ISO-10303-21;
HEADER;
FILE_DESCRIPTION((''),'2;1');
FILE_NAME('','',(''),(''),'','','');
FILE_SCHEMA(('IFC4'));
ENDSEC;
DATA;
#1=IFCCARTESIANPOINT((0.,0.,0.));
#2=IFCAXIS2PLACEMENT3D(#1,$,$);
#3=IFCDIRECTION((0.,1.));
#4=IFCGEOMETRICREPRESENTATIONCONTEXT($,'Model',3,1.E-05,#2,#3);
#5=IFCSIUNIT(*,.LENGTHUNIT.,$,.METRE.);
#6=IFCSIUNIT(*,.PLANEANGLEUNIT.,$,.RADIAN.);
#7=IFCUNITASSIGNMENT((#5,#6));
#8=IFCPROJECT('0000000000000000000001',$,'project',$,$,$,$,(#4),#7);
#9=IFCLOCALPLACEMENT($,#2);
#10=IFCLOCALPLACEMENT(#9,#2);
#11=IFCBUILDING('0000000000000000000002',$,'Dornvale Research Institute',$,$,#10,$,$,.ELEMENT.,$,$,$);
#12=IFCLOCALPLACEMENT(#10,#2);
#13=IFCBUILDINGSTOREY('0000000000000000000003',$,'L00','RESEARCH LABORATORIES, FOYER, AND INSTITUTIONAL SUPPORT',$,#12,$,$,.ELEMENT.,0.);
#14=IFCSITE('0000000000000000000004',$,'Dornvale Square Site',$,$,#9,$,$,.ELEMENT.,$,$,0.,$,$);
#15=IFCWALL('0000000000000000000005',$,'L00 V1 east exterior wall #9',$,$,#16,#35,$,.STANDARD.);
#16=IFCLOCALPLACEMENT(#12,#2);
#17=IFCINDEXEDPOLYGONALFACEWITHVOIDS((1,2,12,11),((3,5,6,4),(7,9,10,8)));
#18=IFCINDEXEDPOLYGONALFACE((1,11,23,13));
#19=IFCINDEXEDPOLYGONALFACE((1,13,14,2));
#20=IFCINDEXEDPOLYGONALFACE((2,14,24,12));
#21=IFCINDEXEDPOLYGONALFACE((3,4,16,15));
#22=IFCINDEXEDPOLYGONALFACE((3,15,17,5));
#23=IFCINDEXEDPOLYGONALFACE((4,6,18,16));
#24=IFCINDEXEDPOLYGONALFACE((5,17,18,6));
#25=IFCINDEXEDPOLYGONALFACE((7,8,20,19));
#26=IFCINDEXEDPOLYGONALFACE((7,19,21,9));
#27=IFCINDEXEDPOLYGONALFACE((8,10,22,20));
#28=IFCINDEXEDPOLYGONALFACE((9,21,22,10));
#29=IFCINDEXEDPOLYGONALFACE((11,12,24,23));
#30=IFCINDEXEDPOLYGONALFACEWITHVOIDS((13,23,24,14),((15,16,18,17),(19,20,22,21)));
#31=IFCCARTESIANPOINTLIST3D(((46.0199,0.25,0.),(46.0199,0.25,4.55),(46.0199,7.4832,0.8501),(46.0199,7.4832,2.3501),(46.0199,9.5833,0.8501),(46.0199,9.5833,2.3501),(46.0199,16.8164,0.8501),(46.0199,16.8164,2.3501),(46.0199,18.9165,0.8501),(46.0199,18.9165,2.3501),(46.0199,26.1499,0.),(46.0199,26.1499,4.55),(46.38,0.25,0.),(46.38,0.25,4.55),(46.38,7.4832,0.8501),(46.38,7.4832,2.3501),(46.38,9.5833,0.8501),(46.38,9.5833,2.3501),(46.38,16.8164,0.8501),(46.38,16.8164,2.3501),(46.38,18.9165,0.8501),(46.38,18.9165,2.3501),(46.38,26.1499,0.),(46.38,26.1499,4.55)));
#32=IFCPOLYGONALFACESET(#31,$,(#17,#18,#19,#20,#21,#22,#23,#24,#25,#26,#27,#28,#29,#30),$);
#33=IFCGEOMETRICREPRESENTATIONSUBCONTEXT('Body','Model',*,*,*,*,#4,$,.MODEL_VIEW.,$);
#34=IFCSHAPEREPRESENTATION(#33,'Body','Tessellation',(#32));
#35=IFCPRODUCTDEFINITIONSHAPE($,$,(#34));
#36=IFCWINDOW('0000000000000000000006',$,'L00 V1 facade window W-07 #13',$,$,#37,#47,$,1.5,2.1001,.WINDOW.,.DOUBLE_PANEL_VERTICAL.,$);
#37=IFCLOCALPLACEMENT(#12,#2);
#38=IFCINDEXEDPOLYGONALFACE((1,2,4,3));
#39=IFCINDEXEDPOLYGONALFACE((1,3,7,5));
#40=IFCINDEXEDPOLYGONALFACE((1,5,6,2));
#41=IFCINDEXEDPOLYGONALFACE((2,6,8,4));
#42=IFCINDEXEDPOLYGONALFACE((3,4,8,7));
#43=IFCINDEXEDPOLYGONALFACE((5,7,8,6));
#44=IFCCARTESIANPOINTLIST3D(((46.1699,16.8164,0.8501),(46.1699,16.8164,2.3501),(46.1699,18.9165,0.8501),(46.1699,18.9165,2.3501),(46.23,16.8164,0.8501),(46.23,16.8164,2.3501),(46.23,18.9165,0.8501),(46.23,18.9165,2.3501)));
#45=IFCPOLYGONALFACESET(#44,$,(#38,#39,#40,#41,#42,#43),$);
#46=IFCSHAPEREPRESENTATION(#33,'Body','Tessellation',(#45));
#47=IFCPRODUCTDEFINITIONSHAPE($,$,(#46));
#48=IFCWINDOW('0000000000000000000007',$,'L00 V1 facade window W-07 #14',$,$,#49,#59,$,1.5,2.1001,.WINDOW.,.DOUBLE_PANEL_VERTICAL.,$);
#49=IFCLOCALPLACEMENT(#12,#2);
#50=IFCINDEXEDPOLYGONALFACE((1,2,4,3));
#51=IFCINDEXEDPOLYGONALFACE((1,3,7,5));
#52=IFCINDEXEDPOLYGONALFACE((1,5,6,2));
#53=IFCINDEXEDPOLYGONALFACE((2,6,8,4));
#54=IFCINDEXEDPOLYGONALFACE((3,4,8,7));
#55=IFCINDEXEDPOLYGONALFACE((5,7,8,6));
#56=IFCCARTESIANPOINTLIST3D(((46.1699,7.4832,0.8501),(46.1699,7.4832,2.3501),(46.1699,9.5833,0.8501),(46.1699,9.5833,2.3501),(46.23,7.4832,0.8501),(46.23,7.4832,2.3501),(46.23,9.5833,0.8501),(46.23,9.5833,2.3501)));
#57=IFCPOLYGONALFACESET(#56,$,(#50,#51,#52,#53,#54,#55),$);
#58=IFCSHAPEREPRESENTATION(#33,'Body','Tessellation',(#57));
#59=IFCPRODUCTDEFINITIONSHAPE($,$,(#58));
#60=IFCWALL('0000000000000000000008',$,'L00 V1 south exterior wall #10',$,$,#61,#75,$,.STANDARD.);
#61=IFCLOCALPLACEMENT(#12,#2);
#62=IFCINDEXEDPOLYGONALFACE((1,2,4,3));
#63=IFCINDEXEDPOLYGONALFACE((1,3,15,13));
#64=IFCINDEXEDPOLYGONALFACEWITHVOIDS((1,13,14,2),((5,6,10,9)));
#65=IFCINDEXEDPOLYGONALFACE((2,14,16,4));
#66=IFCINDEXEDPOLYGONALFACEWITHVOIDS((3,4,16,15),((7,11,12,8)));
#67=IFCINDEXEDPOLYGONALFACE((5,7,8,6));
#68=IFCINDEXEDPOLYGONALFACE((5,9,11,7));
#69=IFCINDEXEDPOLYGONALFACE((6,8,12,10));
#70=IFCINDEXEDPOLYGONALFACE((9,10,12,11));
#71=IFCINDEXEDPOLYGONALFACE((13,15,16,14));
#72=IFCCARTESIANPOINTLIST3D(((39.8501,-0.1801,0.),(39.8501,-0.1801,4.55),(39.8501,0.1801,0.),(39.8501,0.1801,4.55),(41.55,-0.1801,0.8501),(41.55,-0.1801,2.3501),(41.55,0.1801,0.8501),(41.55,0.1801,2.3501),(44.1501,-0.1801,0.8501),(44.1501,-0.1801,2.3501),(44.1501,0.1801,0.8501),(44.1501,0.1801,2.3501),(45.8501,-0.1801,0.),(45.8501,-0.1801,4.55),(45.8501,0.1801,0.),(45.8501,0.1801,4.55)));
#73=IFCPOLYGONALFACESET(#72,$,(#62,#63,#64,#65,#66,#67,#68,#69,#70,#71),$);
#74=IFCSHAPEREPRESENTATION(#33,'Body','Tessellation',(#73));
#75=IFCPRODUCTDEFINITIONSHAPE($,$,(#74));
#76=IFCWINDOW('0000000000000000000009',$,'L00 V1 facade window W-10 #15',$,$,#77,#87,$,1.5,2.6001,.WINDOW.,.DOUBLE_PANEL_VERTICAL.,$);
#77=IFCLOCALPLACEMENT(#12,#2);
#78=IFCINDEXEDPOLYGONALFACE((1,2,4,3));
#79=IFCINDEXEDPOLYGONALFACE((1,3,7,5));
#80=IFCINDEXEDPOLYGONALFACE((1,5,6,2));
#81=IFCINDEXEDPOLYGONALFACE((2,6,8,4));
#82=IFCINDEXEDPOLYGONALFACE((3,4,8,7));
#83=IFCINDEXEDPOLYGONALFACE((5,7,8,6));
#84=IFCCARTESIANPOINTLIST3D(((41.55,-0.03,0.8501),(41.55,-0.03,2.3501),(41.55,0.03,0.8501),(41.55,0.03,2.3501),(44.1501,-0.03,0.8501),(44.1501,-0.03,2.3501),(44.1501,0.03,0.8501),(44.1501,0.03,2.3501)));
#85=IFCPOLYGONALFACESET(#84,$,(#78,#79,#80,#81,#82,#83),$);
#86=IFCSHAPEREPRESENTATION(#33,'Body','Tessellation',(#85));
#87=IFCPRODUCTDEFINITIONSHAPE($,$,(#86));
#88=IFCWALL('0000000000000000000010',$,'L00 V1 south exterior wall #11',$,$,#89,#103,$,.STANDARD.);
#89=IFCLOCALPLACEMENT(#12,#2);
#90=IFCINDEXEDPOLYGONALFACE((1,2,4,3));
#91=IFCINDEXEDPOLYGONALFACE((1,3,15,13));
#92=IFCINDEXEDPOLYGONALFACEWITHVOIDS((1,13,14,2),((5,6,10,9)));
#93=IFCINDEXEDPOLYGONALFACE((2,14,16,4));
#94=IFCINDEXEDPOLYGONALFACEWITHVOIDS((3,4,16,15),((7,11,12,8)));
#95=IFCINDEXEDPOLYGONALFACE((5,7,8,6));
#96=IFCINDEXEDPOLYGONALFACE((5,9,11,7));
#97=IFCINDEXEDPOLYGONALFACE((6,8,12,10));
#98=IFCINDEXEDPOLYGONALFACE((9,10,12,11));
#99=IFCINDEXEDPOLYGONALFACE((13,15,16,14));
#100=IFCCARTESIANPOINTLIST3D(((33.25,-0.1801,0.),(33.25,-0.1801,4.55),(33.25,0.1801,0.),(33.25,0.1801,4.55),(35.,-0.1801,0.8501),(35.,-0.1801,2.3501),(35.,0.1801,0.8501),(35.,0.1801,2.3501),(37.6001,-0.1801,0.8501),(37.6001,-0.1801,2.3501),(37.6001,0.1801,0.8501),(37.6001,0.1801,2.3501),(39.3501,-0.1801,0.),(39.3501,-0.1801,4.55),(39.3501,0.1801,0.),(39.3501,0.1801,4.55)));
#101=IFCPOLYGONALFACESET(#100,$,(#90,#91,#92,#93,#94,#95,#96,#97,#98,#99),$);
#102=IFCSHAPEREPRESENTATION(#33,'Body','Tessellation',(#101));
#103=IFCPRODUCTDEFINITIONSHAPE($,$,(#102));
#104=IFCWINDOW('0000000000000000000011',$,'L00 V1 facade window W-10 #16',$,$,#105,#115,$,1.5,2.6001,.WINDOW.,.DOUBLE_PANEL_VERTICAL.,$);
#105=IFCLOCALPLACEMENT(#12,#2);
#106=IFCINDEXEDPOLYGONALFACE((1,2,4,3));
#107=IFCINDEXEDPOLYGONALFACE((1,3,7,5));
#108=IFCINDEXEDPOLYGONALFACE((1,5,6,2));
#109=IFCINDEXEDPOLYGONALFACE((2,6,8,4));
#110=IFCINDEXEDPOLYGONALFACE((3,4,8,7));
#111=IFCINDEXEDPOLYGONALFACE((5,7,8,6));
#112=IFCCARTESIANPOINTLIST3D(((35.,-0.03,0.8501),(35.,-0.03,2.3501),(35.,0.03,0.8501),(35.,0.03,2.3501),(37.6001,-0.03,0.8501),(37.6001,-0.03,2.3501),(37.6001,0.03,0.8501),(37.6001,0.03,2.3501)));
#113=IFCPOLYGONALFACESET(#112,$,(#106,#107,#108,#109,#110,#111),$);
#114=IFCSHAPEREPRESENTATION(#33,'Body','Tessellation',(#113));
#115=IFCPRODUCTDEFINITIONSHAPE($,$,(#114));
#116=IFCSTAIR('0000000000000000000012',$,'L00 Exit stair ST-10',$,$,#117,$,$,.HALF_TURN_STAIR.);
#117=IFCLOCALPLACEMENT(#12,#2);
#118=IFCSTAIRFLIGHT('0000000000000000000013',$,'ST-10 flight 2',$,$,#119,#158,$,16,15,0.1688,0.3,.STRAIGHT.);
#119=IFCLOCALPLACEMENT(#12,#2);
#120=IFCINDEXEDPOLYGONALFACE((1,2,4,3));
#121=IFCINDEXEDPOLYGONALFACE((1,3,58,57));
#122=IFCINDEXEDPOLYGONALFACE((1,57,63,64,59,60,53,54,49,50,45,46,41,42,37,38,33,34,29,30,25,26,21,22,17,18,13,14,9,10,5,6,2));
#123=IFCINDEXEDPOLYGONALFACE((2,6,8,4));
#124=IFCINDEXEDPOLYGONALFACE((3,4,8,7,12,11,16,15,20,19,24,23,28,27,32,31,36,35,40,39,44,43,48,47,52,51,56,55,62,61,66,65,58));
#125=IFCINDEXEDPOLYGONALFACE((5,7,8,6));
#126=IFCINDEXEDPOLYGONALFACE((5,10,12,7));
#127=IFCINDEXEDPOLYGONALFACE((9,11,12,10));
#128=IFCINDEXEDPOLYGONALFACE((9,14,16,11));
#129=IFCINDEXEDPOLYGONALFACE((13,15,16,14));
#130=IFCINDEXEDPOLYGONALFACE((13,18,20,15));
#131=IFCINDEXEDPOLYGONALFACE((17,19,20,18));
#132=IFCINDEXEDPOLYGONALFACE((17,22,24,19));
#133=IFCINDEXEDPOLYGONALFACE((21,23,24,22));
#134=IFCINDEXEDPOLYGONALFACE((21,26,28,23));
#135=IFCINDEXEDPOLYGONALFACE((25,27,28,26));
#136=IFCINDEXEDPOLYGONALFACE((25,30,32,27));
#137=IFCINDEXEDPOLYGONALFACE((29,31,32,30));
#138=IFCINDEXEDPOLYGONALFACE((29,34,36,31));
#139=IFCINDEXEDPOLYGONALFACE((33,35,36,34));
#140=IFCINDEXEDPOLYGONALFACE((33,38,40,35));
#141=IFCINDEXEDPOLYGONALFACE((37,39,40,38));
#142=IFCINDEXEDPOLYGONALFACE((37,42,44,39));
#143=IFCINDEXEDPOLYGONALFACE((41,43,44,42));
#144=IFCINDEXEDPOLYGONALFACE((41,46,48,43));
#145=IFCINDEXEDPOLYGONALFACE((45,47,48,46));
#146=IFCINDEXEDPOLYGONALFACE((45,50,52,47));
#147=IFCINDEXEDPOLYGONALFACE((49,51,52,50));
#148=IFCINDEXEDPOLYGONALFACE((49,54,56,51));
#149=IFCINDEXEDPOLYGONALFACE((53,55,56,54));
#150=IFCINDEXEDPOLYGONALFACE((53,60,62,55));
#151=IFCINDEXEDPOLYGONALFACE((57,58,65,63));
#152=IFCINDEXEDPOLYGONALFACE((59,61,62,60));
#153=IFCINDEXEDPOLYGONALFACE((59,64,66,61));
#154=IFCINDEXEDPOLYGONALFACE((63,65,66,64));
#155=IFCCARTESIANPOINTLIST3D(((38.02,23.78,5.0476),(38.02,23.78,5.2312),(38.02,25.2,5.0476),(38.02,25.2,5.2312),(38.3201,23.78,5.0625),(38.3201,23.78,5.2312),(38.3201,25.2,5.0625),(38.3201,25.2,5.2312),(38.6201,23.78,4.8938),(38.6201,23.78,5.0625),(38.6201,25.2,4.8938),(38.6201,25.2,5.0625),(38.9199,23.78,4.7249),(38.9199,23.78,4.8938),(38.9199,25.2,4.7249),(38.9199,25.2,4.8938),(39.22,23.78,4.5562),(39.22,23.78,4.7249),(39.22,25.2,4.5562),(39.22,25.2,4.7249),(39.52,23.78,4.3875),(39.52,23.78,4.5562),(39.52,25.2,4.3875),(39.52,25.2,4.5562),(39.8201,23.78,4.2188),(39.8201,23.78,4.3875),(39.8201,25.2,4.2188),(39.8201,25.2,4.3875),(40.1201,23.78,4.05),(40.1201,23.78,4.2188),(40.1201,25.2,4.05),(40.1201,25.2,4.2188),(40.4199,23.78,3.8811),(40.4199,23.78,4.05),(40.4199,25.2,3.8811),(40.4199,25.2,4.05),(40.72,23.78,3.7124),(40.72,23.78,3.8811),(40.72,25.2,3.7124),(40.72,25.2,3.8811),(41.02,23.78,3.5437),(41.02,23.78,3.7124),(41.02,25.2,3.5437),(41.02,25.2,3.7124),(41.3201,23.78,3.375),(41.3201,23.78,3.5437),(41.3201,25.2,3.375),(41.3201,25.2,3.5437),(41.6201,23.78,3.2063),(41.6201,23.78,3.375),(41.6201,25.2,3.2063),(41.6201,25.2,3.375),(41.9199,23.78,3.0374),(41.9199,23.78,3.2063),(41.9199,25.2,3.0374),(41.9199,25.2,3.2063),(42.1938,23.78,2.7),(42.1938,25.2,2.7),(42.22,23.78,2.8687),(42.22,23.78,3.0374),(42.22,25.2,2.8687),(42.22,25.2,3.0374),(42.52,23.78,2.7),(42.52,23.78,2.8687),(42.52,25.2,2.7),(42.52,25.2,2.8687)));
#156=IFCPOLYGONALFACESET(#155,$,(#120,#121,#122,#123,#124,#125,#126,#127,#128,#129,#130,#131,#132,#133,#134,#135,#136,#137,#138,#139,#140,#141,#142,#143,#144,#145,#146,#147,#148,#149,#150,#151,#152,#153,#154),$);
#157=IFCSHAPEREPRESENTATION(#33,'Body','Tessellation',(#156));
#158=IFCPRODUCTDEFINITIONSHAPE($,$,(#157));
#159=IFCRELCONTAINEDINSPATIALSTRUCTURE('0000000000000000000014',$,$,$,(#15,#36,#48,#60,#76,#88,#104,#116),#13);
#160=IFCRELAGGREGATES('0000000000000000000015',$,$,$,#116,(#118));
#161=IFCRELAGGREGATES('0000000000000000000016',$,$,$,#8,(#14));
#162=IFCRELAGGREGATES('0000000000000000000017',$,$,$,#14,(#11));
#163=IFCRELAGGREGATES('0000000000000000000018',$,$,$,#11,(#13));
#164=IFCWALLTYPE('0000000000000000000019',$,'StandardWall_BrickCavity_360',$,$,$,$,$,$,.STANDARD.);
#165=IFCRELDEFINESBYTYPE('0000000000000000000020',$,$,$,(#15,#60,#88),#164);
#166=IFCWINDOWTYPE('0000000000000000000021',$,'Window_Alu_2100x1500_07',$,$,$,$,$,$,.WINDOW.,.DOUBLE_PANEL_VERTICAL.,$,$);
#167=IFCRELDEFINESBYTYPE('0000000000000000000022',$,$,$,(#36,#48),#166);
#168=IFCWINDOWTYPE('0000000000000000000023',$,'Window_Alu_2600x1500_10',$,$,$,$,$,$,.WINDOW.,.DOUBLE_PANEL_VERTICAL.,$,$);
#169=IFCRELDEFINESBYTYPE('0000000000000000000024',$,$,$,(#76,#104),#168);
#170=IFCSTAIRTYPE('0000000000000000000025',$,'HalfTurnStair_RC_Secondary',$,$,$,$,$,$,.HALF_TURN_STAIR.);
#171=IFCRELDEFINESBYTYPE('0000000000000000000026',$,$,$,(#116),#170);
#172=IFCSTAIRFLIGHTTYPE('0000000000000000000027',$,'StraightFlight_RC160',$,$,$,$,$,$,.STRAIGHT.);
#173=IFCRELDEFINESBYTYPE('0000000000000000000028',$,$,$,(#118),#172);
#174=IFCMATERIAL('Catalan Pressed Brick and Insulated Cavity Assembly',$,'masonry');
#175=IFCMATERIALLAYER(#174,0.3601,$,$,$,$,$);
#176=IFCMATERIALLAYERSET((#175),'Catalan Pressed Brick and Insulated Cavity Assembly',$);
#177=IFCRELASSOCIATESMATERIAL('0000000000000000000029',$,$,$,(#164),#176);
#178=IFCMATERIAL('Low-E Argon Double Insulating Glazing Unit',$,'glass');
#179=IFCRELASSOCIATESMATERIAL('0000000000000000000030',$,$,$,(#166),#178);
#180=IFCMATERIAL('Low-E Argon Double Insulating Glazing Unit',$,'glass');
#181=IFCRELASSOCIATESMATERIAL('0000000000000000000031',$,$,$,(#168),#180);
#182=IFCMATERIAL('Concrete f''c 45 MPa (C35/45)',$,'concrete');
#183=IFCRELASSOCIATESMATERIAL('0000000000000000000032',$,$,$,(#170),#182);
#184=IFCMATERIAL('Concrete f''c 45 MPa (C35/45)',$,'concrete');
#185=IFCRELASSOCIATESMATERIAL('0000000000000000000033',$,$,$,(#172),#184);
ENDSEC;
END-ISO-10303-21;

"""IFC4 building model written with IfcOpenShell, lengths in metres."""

from ifc_helpers import new_model, si_unit, direction, frame, frame_2d, origin, place, context, subcontext, project, spatial, polyline, rectangle, outline, extrude, material, layer, layer_set, type_object, element, fill, aggregate, save


model = new_model("IFC4")

# Units and contexts
model_context = context("Model", 3, precision=1e-05, world=origin(), true_north=direction((0.0, 1.0)))
body_context = subcontext(model_context, "Body", "Model", "MODEL_VIEW")
ifc_project = project(units=[si_unit("LENGTHUNIT", "METRE"), si_unit("PLANEANGLEUNIT", "RADIAN")], contexts=[model_context])

# Site, building, storey
site_placement = place(None, origin())
site = spatial("IfcSite", under=ifc_project, at=site_placement, Name="Dornvale Square Site", CompositionType="ELEMENT", RefElevation=0.0)
building_placement = place(site_placement, origin())
building = spatial("IfcBuilding", under=site, at=building_placement, Name="Dornvale Research Institute", CompositionType="ELEMENT")
storey_placement = place(building_placement, origin())
storey = spatial("IfcBuildingStorey", under=building, at=storey_placement, Name="L00", Description="RESEARCH LABORATORIES, FOYER, AND INSTITUTIONAL SUPPORT", CompositionType="ELEMENT", Elevation=0.0)

# Wall, openings, windows
ifc_material_1 = material(Name="Catalan Pressed Brick and Insulated Cavity Assembly", Category="masonry")
ifc_layer_1 = layer(ifc_material_1, 0.3601)
ifc_layer_set_1 = layer_set([ifc_layer_1], Name="Catalan Pressed Brick and Insulated Cavity Assembly")
wall_type_1 = type_object("IfcWallType", Name="StandardWall_BrickCavity_360", PredefinedType="STANDARD", material=ifc_layer_set_1)
wall_1_placement = place(storey_placement, frame((46.2, 26.1499, 0.0), z_axis=(0.0, 0.0, 1.0), x_axis=(0.0, -1.0, 0.0)))
wall_1 = element("IfcWall", 1, at=wall_1_placement, inside=storey, type_object=wall_type_1, Name="L00 V1 east exterior wall #9", PredefinedType="STANDARD", context=body_context, shape_type="SweptSolid", body=[
    extrude(rectangle(XDim=25.8999, YDim=0.3601, at=frame_2d((12.95, 0.0))), origin(), (0.0, 0.0, 1.0), 4.55),
])
opening_1_placement = place(wall_1_placement, frame((7.2334, 0.0, 0.8501)))
opening_1 = element("IfcOpeningElement", 2, at=opening_1_placement, cuts=wall_1, PredefinedType="OPENING", context=body_context, shape_type="SweptSolid", body=[
    extrude(rectangle(XDim=2.1001, YDim=1.5, at=frame_2d((1.05, 0.75))), frame((0.0, 0.1951, 0.0), z_axis=(0.0, -1.0, 0.0), x_axis=(1.0, 0.0, 0.0)), (0.0, 0.0, 1.0), 0.3901),
])
opening_2_placement = place(wall_1_placement, frame((16.5667, 0.0, 0.8501)))
opening_2 = element("IfcOpeningElement", 3, at=opening_2_placement, cuts=wall_1, PredefinedType="OPENING", context=body_context, shape_type="SweptSolid", body=[
    extrude(rectangle(XDim=2.1001, YDim=1.5, at=frame_2d((1.05, 0.75))), frame((0.0, 0.1951, 0.0), z_axis=(0.0, -1.0, 0.0), x_axis=(1.0, 0.0, 0.0)), (0.0, 0.0, 1.0), 0.3901),
])
ifc_material_2 = material(Name="Low-E Argon Double Insulating Glazing Unit", Category="glass")
window_type_1 = type_object("IfcWindowType", Name="Window_Alu_2100x1500_07", PartitioningType="DOUBLE_PANEL_VERTICAL", PredefinedType="WINDOW", material=ifc_material_2)
window_1_placement = place(opening_1_placement, origin())
window_1 = element("IfcWindow", 4, at=window_1_placement, inside=storey, type_object=window_type_1, Name="L00 V1 facade window W-07 #13", OverallHeight=1.5, OverallWidth=2.1001, PartitioningType="DOUBLE_PANEL_VERTICAL", PredefinedType="WINDOW", context=body_context, shape_type="SweptSolid", body=[
    extrude(rectangle(XDim=2.1001, YDim=1.5, at=frame_2d((1.05, 0.75))), frame((0.0, 0.03, 0.0), z_axis=(0.0, -1.0, 0.0), x_axis=(1.0, 0.0, 0.0)), (0.0, 0.0, 1.0), 0.0601),
])
fill(opening_1, window_1)
window_2_placement = place(opening_2_placement, origin())
window_2 = element("IfcWindow", 5, at=window_2_placement, inside=storey, type_object=window_type_1, Name="L00 V1 facade window W-07 #14", OverallHeight=1.5, OverallWidth=2.1001, PartitioningType="DOUBLE_PANEL_VERTICAL", PredefinedType="WINDOW", context=body_context, shape_type="SweptSolid", body=[
    extrude(rectangle(XDim=2.1001, YDim=1.5, at=frame_2d((1.05, 0.75))), frame((0.0, 0.03, 0.0), z_axis=(0.0, -1.0, 0.0), x_axis=(1.0, 0.0, 0.0)), (0.0, 0.0, 1.0), 0.0601),
])
fill(opening_2, window_2)

# Walls, openings, windows
wall_2_placement = place(storey_placement, frame((45.8501, 0.0, 0.0), z_axis=(0.0, 0.0, 1.0), x_axis=(-1.0, 0.0, 0.0)))
wall_2 = element("IfcWall", 6, at=wall_2_placement, inside=storey, type_object=wall_type_1, Name="L00 V1 south exterior wall #10", PredefinedType="STANDARD", context=body_context, shape_type="SweptSolid", body=[
    extrude(rectangle(XDim=6.0, YDim=0.3601, at=frame_2d((3.0, 0.0))), origin(), (0.0, 0.0, 1.0), 4.55),
])
opening_3_placement = place(wall_2_placement, frame((1.7, 0.0, 0.8501)))
opening_3 = element("IfcOpeningElement", 7, at=opening_3_placement, cuts=wall_2, PredefinedType="OPENING", context=body_context, shape_type="SweptSolid", body=[
    extrude(rectangle(XDim=2.6001, YDim=1.5, at=frame_2d((1.3, 0.75))), frame((0.0, 0.1951, 0.0), z_axis=(0.0, -1.0, 0.0), x_axis=(1.0, 0.0, 0.0)), (0.0, 0.0, 1.0), 0.3901),
])
ifc_material_3 = material(Name="Low-E Argon Double Insulating Glazing Unit", Category="glass")
window_type_2 = type_object("IfcWindowType", Name="Window_Alu_2600x1500_10", PartitioningType="DOUBLE_PANEL_VERTICAL", PredefinedType="WINDOW", material=ifc_material_3)
window_3_placement = place(opening_3_placement, origin())
window_3 = element("IfcWindow", 8, at=window_3_placement, inside=storey, type_object=window_type_2, Name="L00 V1 facade window W-10 #15", OverallHeight=1.5, OverallWidth=2.6001, PartitioningType="DOUBLE_PANEL_VERTICAL", PredefinedType="WINDOW", context=body_context, shape_type="SweptSolid", body=[
    extrude(rectangle(XDim=2.6001, YDim=1.5, at=frame_2d((1.3, 0.75))), frame((0.0, 0.03, 0.0), z_axis=(0.0, -1.0, 0.0), x_axis=(1.0, 0.0, 0.0)), (0.0, 0.0, 1.0), 0.0601),
])
fill(opening_3, window_3)
wall_3_placement = place(storey_placement, frame((39.3501, 0.0, 0.0), z_axis=(0.0, 0.0, 1.0), x_axis=(-1.0, 0.0, 0.0)))
wall_3 = element("IfcWall", 9, at=wall_3_placement, inside=storey, type_object=wall_type_1, Name="L00 V1 south exterior wall #11", PredefinedType="STANDARD", context=body_context, shape_type="SweptSolid", body=[
    extrude(rectangle(XDim=6.1001, YDim=0.3601, at=frame_2d((3.05, 0.0))), origin(), (0.0, 0.0, 1.0), 4.55),
])
opening_4_placement = place(wall_3_placement, frame((1.75, 0.0, 0.8501)))
opening_4 = element("IfcOpeningElement", 10, at=opening_4_placement, cuts=wall_3, PredefinedType="OPENING", context=body_context, shape_type="SweptSolid", body=[
    extrude(rectangle(XDim=2.6001, YDim=1.5, at=frame_2d((1.3, 0.75))), frame((0.0, 0.1951, 0.0), z_axis=(0.0, -1.0, 0.0), x_axis=(1.0, 0.0, 0.0)), (0.0, 0.0, 1.0), 0.3901),
])
window_4_placement = place(opening_4_placement, origin())
window_4 = element("IfcWindow", 11, at=window_4_placement, inside=storey, type_object=window_type_2, Name="L00 V1 facade window W-10 #16", OverallHeight=1.5, OverallWidth=2.6001, PartitioningType="DOUBLE_PANEL_VERTICAL", PredefinedType="WINDOW", context=body_context, shape_type="SweptSolid", body=[
    extrude(rectangle(XDim=2.6001, YDim=1.5, at=frame_2d((1.3, 0.75))), frame((0.0, 0.03, 0.0), z_axis=(0.0, -1.0, 0.0), x_axis=(1.0, 0.0, 0.0)), (0.0, 0.0, 1.0), 0.0601),
])
fill(opening_4, window_4)

# Stair, stair flight
ifc_material_4 = material(Name="Concrete f'c 45 MPa (C35/45)", Category="concrete")
stair_type = type_object("IfcStairType", Name="HalfTurnStair_RC_Secondary", PredefinedType="HALF_TURN_STAIR", material=ifc_material_4)
stair_placement = place(storey_placement, origin())
stair = element("IfcStair", 12, at=stair_placement, inside=storey, type_object=stair_type, Name="L00 Exit stair ST-10", PredefinedType="HALF_TURN_STAIR")
ifc_material_5 = material(Name="Concrete f'c 45 MPa (C35/45)", Category="concrete")
stair_flight_type = type_object("IfcStairFlightType", Name="StraightFlight_RC160", PredefinedType="STRAIGHT", material=ifc_material_5)
stair_flight_placement = place(storey_placement, frame((42.52, 24.49, 2.7), z_axis=(0.0, 0.0, 1.0), x_axis=(-1.0, 0.0, 0.0)))
stair_flight = element("IfcStairFlight", 13, at=stair_flight_placement, type_object=stair_flight_type, Name="ST-10 flight 2", NumberOfRisers=16, NumberOfTreads=15, PredefinedType="STRAIGHT", RiserHeight=0.1688, TreadLength=0.3, context=body_context, shape_type="SweptSolid", body=[
    extrude(outline(polyline([(0.0, 0.0), (0.0, 0.1687), (0.3, 0.1687), (0.3, 0.3374), (0.6001, 0.3374), (0.6001, 0.5063), (0.8999, 0.5063), (0.8999, 0.675), (1.2, 0.675), (1.2, 0.8438), (1.5, 0.8438), (1.5, 1.0125), (1.8, 1.0125), (1.8, 1.1812), (2.1001, 1.1812), (2.1001, 1.3501), (2.3999, 1.3501), (2.3999, 1.5188), (2.7, 1.5188), (2.7, 1.6875), (3.0, 1.6875), (3.0, 1.8562), (3.3, 1.8562), (3.3, 2.0249), (3.6001, 2.0249), (3.6001, 2.1938), (3.8999, 2.1938), (3.8999, 2.3625), (4.2, 2.3625), (4.2, 2.5312), (4.5, 2.5312), (4.5, 2.7), (4.5, 2.3477), (0.3262, 0.0), (0.0, 0.0)])), frame((0.0, 0.71, 0.0), z_axis=(0.0, -1.0, 0.0), x_axis=(1.0, 0.0, 0.0)), (0.0, 0.0, 1.0), 1.4199),
])
aggregate(stair, [stair_flight])

save(model, "model.ifc")
